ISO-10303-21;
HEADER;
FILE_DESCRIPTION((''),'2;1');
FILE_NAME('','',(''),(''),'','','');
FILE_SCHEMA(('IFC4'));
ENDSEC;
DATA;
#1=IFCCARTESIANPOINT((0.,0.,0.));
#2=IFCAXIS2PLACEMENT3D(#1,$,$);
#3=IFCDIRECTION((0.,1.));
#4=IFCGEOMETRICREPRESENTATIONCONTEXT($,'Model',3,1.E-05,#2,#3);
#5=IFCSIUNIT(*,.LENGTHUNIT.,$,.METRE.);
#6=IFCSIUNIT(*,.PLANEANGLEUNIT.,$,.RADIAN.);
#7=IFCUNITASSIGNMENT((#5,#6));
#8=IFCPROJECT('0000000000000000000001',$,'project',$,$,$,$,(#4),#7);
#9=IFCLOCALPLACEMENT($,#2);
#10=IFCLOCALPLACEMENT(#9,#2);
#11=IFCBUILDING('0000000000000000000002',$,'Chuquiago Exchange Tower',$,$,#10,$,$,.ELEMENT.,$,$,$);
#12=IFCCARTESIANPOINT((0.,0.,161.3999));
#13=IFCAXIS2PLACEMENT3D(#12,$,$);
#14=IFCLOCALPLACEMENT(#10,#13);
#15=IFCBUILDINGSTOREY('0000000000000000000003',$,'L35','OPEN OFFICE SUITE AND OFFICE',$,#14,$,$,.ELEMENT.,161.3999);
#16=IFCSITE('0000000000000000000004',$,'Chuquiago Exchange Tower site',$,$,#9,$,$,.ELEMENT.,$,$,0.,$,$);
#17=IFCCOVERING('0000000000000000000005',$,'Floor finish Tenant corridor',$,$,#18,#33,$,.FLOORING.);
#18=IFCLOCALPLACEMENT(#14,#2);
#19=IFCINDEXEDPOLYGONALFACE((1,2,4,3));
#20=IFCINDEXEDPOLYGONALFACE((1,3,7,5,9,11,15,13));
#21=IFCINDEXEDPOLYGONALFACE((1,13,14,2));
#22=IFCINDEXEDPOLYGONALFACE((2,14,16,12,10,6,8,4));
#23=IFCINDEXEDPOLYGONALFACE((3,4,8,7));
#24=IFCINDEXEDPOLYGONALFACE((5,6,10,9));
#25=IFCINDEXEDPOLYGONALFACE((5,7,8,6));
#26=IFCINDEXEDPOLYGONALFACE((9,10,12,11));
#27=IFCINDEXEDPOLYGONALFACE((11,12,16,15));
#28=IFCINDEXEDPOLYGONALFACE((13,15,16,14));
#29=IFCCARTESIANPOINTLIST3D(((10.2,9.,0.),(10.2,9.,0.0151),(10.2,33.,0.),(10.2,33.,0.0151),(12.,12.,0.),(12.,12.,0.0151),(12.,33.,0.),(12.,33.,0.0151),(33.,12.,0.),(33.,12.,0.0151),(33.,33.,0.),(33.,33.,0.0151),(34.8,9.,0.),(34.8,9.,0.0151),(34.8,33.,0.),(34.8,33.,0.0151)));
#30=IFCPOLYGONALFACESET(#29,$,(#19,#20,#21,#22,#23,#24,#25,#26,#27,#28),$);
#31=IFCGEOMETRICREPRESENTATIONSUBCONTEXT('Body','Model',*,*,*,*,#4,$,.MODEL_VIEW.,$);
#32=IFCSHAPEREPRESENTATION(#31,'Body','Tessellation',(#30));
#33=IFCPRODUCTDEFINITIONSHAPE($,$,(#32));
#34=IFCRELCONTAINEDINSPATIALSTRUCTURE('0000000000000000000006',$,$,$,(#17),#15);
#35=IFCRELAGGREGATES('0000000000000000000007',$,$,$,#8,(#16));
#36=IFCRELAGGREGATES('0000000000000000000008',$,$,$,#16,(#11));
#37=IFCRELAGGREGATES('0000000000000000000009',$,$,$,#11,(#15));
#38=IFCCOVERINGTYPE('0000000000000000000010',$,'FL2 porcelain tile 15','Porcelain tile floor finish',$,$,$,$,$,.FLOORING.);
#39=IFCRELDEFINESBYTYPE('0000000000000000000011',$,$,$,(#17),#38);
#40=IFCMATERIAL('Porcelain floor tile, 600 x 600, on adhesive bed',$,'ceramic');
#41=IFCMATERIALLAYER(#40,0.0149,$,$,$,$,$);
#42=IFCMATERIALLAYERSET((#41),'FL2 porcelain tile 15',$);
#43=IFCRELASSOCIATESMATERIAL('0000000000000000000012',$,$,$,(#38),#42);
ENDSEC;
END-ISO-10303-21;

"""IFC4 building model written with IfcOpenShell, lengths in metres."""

from ifc_helpers import new_model, si_unit, direction, frame, origin, place, context, subcontext, project, spatial, polyline, outline, extrude, material, layer, layer_set, type_object, element, save


model = new_model("IFC4")

# Units and contexts
model_context = context("Model", 3, precision=1e-05, world=origin(), true_north=direction((0.0, 1.0)))
body_context = subcontext(model_context, "Body", "Model", "MODEL_VIEW")
ifc_project = project(units=[si_unit("LENGTHUNIT", "METRE"), si_unit("PLANEANGLEUNIT", "RADIAN")], contexts=[model_context])

# Site, building, storey
site_placement = place(None, origin())
site = spatial("IfcSite", under=ifc_project, at=site_placement, Name="Chuquiago Exchange Tower site", CompositionType="ELEMENT", RefElevation=0.0)
building_placement = place(site_placement, origin())
building = spatial("IfcBuilding", under=site, at=building_placement, Name="Chuquiago Exchange Tower", CompositionType="ELEMENT")
storey_placement = place(building_placement, frame((0.0, 0.0, 161.3999)))
storey = spatial("IfcBuildingStorey", under=building, at=storey_placement, Name="L35", Description="OPEN OFFICE SUITE AND OFFICE", CompositionType="ELEMENT", Elevation=161.3999)

# Covering
ifc_material_1 = material(Name="Porcelain floor tile, 600 x 600, on adhesive bed", Category="ceramic")
ifc_layer_1 = layer(ifc_material_1, 0.0149)
ifc_layer_set_1 = layer_set([ifc_layer_1], Name="FL2 porcelain tile 15")
covering_type_1 = type_object("IfcCoveringType", Name="FL2 porcelain tile 15", Description="Porcelain tile floor finish", PredefinedType="FLOORING", material=ifc_layer_set_1)
covering_1_placement = place(storey_placement, origin())
element("IfcCovering", 1, at=covering_1_placement, inside=storey, type_object=covering_type_1, Name="Floor finish Tenant corridor", PredefinedType="FLOORING", context=body_context, shape_type="SweptSolid", body=[
    extrude(outline(polyline([(12.0, 12.0), (33.0, 12.0), (33.0, 33.0), (34.8, 33.0), (34.8, 9.0), (10.2, 9.0), (10.2, 33.0), (12.0, 33.0), (12.0, 12.0)])), origin(), (0.0, 0.0, 1.0), 0.0151),
])

save(model, "model.ifc")
